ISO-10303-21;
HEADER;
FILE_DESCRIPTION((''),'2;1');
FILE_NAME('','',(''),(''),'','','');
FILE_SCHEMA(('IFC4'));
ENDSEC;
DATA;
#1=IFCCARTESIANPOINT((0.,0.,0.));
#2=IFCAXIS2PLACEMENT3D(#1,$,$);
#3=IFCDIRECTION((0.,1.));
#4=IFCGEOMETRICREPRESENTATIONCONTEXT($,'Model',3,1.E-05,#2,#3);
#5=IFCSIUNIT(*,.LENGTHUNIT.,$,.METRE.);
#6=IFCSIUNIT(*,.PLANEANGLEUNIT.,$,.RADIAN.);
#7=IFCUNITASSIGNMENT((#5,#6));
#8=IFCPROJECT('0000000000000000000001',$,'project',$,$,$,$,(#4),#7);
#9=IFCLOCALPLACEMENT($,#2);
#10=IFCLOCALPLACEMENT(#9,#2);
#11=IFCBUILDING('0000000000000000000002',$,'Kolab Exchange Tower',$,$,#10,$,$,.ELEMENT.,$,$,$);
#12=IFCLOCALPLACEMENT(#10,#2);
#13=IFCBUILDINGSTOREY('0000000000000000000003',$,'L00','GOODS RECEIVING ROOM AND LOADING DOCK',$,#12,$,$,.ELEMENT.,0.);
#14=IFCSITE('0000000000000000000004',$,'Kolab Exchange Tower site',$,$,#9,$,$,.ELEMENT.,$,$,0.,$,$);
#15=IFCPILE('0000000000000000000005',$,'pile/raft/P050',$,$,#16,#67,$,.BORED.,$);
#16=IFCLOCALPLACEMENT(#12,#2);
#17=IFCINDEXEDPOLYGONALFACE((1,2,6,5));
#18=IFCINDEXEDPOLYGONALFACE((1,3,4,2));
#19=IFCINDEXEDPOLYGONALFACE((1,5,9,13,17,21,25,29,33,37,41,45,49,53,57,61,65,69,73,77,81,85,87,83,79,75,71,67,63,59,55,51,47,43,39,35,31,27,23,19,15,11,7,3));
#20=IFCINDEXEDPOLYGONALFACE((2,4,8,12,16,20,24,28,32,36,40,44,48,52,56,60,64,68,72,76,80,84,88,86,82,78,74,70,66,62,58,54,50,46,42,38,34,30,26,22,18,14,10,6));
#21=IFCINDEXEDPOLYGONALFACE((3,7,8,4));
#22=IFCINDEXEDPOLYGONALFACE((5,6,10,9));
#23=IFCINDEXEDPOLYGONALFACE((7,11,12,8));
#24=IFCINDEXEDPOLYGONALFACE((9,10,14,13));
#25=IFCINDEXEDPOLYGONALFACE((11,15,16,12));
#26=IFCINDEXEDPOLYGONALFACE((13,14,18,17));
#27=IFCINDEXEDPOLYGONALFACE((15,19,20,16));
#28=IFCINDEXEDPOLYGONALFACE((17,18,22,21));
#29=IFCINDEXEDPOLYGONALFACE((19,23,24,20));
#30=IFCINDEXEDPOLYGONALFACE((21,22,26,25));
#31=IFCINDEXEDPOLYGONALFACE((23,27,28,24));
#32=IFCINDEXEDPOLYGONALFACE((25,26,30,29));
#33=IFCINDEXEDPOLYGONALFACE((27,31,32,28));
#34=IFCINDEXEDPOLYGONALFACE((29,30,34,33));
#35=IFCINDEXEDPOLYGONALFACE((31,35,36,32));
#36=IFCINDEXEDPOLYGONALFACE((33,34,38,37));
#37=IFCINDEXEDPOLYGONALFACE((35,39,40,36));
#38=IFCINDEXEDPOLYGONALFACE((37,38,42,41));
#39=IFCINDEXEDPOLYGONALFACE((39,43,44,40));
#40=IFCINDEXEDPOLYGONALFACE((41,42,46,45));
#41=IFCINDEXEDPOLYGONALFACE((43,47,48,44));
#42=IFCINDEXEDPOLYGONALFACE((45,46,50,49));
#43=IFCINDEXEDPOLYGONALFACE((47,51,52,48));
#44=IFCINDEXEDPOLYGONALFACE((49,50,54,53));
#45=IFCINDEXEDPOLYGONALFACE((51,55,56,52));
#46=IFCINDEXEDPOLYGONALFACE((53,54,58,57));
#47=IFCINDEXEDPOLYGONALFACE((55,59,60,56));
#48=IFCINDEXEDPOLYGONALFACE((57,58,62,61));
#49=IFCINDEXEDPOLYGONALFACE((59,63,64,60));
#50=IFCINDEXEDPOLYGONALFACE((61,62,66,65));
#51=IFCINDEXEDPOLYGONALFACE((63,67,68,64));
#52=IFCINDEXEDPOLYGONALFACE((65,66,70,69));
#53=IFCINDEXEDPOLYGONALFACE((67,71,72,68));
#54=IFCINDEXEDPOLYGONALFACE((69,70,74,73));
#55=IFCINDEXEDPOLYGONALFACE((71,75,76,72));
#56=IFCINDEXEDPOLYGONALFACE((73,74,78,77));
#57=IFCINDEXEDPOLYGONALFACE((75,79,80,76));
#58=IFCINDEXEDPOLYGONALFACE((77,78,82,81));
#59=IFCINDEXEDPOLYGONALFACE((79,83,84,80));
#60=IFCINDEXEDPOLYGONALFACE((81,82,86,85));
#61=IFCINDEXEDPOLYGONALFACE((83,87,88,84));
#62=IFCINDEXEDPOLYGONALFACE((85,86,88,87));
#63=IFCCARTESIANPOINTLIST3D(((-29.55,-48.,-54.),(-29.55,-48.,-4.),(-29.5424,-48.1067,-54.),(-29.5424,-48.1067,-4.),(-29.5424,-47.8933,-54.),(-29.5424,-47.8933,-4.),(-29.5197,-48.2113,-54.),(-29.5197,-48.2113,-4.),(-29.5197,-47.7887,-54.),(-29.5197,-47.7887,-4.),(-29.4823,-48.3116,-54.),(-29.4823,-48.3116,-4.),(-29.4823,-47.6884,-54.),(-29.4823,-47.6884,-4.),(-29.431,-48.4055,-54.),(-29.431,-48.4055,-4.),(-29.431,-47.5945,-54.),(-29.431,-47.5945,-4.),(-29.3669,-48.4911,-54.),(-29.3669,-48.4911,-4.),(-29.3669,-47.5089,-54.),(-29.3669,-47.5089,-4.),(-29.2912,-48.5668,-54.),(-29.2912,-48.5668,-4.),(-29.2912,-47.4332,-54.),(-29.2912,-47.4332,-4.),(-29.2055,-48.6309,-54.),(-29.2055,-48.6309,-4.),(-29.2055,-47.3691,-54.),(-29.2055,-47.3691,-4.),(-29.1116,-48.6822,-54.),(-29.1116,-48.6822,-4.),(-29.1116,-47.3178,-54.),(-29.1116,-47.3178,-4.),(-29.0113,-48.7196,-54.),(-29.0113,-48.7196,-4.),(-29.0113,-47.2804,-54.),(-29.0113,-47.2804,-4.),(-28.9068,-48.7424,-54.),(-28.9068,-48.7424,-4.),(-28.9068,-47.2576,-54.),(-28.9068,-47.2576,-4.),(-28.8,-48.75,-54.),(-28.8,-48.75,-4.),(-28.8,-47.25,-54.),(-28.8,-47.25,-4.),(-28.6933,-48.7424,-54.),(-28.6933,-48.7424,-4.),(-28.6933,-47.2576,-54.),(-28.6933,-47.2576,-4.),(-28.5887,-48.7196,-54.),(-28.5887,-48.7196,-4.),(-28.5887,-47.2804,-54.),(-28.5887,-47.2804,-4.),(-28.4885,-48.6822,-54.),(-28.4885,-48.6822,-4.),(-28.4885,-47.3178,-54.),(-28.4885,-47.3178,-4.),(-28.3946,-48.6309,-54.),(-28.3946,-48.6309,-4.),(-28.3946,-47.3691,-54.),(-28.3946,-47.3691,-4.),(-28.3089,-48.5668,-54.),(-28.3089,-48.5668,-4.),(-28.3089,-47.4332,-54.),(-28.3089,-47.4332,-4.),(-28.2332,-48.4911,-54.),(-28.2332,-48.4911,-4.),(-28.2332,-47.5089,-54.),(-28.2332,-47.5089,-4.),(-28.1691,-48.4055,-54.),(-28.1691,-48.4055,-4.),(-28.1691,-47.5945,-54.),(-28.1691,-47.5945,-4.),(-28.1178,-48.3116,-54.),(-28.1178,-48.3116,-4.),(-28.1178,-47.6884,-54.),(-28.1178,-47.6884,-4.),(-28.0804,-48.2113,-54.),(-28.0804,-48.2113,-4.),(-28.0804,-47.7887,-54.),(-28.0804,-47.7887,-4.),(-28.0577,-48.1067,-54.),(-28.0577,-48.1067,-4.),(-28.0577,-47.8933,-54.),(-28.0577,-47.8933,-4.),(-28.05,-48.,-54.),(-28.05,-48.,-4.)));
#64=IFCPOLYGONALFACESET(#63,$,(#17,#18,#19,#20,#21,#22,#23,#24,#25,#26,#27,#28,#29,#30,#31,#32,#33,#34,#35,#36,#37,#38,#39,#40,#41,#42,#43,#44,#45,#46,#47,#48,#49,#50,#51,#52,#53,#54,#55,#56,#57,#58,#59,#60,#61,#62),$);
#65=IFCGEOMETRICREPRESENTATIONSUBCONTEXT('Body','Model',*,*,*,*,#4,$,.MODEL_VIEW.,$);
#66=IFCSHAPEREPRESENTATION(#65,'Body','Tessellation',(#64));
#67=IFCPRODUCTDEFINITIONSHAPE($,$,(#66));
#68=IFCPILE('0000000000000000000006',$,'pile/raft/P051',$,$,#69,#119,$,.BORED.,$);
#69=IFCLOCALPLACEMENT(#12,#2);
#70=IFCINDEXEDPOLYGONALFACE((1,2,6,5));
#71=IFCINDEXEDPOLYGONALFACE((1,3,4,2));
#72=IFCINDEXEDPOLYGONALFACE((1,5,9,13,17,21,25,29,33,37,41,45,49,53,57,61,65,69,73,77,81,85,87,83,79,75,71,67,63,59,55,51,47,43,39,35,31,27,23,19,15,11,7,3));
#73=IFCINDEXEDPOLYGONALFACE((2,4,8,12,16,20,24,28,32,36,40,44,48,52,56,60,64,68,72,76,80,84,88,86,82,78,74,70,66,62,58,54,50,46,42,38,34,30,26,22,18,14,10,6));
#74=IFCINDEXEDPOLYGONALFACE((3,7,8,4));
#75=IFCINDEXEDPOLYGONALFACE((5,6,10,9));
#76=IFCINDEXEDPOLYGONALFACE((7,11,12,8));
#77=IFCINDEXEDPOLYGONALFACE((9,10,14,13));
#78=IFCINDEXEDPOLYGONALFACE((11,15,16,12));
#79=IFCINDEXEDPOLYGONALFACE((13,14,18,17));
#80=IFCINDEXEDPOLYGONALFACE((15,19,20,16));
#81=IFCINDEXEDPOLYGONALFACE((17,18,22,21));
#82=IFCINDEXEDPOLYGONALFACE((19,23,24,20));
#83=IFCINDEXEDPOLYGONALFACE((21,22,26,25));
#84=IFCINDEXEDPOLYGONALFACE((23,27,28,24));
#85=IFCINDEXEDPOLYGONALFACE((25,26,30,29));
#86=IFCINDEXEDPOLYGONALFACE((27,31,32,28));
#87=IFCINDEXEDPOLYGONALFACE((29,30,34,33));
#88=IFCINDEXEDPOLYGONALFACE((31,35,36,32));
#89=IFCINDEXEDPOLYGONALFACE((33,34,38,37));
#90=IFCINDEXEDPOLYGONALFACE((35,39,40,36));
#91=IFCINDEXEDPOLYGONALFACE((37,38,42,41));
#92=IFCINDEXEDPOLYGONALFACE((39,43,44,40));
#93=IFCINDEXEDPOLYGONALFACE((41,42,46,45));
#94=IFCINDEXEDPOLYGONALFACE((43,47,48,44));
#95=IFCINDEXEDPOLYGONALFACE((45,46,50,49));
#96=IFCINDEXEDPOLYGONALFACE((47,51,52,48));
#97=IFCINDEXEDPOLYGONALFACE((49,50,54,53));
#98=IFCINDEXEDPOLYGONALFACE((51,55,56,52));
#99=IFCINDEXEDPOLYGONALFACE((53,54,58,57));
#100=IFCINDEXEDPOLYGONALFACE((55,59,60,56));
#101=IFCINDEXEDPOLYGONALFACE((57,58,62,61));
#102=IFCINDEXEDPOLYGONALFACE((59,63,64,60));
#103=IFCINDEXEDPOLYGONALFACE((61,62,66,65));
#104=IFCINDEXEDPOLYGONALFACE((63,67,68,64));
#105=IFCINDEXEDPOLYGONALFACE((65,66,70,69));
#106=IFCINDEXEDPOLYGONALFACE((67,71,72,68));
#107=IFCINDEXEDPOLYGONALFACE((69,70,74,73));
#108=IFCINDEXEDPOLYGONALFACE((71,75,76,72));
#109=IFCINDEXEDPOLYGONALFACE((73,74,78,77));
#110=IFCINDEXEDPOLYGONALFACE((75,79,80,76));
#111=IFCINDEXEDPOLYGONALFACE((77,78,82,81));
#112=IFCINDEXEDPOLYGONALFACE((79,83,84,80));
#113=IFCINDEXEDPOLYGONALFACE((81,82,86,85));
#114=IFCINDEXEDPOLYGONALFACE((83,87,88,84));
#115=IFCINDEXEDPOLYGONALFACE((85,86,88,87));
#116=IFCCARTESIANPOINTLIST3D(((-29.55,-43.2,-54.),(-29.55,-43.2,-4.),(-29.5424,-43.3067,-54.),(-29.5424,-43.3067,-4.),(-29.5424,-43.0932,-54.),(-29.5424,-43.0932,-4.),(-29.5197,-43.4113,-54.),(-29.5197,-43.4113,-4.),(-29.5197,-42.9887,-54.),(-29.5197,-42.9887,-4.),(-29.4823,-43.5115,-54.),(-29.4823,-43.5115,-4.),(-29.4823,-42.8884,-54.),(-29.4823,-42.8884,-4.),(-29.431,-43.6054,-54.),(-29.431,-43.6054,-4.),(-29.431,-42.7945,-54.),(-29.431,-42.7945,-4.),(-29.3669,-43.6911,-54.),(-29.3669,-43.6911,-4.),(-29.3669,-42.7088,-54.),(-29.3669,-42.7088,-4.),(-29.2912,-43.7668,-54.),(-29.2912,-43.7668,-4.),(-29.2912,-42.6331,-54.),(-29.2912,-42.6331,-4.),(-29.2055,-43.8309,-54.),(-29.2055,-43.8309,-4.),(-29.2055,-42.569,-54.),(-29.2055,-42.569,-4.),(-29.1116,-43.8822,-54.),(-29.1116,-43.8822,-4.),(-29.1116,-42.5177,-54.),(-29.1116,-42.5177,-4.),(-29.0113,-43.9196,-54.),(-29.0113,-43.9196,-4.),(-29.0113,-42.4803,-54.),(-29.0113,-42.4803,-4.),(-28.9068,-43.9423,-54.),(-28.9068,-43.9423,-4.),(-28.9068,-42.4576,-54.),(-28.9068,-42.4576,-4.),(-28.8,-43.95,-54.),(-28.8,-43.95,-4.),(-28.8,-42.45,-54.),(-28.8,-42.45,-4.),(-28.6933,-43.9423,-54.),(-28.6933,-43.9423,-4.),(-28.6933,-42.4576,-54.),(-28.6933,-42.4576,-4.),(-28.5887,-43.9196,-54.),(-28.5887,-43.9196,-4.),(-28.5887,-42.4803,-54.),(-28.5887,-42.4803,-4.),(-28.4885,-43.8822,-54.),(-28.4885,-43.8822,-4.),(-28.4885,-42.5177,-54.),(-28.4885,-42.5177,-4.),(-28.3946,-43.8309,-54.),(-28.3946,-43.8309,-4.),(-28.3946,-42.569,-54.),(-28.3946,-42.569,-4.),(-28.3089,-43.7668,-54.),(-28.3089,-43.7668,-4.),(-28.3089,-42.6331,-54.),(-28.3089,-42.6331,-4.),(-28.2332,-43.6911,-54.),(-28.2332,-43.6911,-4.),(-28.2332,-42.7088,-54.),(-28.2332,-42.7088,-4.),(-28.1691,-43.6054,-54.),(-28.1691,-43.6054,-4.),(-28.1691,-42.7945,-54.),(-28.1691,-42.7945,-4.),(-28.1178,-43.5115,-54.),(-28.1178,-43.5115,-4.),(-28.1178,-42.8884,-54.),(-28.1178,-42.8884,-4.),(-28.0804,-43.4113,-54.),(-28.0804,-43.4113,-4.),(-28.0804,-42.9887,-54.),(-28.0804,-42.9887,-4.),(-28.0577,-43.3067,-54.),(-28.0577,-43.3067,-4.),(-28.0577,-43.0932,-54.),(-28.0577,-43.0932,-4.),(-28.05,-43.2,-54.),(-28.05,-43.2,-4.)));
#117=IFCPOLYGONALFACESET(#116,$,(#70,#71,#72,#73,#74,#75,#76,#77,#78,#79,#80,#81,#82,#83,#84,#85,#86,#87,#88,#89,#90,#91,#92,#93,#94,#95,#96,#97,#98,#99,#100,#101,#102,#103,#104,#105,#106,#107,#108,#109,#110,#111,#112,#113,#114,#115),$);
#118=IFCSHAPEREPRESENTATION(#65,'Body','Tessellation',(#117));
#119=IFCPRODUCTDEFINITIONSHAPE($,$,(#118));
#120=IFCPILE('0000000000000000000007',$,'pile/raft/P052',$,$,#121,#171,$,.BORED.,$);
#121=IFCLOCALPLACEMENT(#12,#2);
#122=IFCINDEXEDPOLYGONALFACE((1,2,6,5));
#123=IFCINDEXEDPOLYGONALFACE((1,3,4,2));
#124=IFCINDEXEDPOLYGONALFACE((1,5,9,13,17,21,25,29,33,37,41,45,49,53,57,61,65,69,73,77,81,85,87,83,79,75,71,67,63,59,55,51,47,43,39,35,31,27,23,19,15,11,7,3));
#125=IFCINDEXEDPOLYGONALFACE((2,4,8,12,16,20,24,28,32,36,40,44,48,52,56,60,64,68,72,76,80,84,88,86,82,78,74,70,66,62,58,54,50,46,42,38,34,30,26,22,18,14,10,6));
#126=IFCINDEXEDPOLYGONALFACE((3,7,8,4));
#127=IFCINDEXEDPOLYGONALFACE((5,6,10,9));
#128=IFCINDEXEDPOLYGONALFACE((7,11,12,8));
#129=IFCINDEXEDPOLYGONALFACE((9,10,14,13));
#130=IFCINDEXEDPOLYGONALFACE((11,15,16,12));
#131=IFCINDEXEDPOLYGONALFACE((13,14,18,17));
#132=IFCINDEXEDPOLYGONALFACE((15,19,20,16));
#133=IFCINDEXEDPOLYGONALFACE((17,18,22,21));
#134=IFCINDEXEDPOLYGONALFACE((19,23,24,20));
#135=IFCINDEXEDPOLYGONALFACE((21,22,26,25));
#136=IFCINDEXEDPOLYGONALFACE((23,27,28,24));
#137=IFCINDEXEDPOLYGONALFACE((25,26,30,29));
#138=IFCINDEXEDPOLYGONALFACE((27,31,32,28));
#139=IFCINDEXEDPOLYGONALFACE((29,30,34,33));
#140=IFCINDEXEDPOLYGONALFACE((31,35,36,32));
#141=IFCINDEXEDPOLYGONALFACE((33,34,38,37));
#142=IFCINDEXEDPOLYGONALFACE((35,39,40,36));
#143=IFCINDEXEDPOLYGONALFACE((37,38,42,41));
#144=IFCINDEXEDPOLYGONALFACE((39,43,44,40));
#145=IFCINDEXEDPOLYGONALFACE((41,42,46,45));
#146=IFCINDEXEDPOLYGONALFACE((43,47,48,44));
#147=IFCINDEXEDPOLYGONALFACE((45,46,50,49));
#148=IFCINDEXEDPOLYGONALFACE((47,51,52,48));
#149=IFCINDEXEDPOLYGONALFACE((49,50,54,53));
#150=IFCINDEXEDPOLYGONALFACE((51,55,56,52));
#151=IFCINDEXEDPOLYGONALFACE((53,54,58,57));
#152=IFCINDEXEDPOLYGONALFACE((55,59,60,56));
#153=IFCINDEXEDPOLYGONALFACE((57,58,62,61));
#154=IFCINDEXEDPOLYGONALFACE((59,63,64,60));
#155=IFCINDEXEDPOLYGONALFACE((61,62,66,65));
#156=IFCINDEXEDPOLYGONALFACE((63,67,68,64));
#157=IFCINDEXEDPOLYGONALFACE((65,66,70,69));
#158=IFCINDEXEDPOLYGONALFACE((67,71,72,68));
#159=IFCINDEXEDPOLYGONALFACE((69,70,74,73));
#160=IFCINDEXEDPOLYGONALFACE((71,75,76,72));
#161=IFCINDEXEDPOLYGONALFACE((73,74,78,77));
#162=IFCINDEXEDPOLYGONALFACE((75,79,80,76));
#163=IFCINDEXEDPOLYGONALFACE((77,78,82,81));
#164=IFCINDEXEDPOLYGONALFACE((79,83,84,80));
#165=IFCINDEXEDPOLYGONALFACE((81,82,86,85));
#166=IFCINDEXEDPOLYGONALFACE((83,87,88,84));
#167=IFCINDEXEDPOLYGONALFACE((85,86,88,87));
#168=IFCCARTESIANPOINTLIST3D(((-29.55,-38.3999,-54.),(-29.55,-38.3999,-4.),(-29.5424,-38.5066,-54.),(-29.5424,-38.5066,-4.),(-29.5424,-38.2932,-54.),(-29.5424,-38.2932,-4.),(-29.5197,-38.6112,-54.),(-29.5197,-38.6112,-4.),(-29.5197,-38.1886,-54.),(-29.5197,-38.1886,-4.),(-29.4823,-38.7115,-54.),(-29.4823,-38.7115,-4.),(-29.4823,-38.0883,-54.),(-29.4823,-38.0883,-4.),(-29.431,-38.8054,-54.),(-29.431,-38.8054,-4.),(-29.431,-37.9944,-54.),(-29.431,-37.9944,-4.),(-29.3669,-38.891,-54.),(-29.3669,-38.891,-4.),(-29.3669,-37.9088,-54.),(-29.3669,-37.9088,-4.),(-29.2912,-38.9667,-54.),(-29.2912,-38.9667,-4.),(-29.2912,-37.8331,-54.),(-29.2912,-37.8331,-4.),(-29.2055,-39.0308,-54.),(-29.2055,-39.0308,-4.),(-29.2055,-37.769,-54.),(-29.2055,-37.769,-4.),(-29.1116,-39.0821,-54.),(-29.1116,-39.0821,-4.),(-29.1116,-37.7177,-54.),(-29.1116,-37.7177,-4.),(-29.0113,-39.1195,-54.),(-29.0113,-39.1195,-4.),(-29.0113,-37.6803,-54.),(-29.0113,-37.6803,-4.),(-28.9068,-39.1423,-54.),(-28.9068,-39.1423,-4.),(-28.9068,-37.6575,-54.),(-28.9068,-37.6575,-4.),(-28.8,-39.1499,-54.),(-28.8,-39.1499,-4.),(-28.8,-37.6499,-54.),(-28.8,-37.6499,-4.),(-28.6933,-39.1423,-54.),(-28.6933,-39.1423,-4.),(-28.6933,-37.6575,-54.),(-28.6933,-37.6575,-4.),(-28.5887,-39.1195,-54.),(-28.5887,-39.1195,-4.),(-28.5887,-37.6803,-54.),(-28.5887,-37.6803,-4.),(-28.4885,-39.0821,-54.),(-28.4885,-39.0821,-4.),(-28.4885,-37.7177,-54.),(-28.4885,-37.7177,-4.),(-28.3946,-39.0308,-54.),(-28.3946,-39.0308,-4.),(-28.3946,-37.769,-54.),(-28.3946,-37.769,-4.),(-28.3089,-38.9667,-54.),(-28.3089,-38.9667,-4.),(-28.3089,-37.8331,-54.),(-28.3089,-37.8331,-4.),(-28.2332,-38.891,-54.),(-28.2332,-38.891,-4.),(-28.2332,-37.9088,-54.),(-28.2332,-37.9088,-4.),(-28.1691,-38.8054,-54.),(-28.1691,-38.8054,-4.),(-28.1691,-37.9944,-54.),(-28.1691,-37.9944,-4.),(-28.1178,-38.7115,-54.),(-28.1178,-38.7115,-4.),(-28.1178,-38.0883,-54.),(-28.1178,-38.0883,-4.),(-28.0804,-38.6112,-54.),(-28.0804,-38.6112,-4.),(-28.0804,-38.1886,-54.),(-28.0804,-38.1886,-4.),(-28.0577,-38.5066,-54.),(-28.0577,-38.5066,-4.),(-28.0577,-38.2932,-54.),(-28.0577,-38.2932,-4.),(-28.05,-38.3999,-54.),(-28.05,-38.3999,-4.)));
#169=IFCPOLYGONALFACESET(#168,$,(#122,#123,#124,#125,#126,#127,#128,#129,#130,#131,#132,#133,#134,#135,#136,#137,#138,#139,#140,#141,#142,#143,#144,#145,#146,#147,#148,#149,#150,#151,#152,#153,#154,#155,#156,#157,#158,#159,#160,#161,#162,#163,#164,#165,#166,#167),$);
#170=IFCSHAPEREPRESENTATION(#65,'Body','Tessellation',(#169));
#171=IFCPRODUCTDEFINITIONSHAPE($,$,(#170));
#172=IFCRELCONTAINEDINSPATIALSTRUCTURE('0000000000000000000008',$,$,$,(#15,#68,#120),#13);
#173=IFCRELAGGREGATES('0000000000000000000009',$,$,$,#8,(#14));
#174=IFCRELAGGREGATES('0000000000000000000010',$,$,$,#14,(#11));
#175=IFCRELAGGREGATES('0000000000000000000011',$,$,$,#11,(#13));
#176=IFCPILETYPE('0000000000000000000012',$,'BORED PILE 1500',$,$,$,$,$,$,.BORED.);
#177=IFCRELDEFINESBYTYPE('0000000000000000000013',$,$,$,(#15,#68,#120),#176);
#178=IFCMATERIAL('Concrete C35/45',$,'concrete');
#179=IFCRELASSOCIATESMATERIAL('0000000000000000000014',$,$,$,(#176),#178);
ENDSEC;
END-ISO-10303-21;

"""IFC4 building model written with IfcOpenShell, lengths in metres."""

from ifc_helpers import new_model, si_unit, direction, frame, origin, origin_2d, place, context, subcontext, project, spatial, circle, extrude, material, material_profile, profile_set, type_object, element, save


model = new_model("IFC4")

# Units and contexts
model_context = context("Model", 3, precision=1e-05, world=origin(), true_north=direction((0.0, 1.0)))
body_context = subcontext(model_context, "Body", "Model", "MODEL_VIEW")
ifc_project = project(units=[si_unit("LENGTHUNIT", "METRE"), si_unit("PLANEANGLEUNIT", "RADIAN")], contexts=[model_context])

# Site, building, storey
site_placement = place(None, origin())
site = spatial("IfcSite", under=ifc_project, at=site_placement, Name="Kolab Exchange Tower site", CompositionType="ELEMENT", RefElevation=0.0)
building_placement = place(site_placement, origin())
building = spatial("IfcBuilding", under=site, at=building_placement, Name="Kolab Exchange Tower", CompositionType="ELEMENT")
storey_placement = place(building_placement, origin())
storey = spatial("IfcBuildingStorey", under=building, at=storey_placement, Name="L00", Description="GOODS RECEIVING ROOM AND LOADING DOCK", CompositionType="ELEMENT", Elevation=0.0)

# Piles
ifc_material_1 = material(Name="Concrete C35/45", Category="concrete")
ifc_material_profile_1 = material_profile(ifc_material_1, circle(Radius=0.75, at=origin_2d()), Name="BP1500")
ifc_profile_set_1 = profile_set([ifc_material_profile_1], Name="Concrete C35/45")
pile_type_1 = type_object("IfcPileType", Name="BORED PILE 1500", PredefinedType="BORED", material=ifc_profile_set_1)
for number, where, z_axis, x_axis, name in (
    (1, (-28.8, -48.0, -4.0), (0.0, 0.0, -1.0), (1.0, 0.0, 0.0), "pile/raft/P050"),
    (2, (-28.8, -43.2, -4.0), (0.0, 0.0, -1.0), (1.0, 0.0, 0.0), "pile/raft/P051"),
    (3, (-28.8, -38.3999, -4.0), (0.0, 0.0, -1.0), (1.0, 0.0, 0.0), "pile/raft/P052"),
):
    element("IfcPile", number, at=place(storey_placement, frame(where, z_axis=z_axis, x_axis=x_axis)), inside=storey, type_object=pile_type_1, Name=name, PredefinedType="BORED", context=body_context, shape_type="SweptSolid", body=[
        extrude(circle(Radius=0.75, at=origin_2d()), origin(), (0.0, 0.0, 1.0), 50.0),
    ])

save(model, "model.ifc")
